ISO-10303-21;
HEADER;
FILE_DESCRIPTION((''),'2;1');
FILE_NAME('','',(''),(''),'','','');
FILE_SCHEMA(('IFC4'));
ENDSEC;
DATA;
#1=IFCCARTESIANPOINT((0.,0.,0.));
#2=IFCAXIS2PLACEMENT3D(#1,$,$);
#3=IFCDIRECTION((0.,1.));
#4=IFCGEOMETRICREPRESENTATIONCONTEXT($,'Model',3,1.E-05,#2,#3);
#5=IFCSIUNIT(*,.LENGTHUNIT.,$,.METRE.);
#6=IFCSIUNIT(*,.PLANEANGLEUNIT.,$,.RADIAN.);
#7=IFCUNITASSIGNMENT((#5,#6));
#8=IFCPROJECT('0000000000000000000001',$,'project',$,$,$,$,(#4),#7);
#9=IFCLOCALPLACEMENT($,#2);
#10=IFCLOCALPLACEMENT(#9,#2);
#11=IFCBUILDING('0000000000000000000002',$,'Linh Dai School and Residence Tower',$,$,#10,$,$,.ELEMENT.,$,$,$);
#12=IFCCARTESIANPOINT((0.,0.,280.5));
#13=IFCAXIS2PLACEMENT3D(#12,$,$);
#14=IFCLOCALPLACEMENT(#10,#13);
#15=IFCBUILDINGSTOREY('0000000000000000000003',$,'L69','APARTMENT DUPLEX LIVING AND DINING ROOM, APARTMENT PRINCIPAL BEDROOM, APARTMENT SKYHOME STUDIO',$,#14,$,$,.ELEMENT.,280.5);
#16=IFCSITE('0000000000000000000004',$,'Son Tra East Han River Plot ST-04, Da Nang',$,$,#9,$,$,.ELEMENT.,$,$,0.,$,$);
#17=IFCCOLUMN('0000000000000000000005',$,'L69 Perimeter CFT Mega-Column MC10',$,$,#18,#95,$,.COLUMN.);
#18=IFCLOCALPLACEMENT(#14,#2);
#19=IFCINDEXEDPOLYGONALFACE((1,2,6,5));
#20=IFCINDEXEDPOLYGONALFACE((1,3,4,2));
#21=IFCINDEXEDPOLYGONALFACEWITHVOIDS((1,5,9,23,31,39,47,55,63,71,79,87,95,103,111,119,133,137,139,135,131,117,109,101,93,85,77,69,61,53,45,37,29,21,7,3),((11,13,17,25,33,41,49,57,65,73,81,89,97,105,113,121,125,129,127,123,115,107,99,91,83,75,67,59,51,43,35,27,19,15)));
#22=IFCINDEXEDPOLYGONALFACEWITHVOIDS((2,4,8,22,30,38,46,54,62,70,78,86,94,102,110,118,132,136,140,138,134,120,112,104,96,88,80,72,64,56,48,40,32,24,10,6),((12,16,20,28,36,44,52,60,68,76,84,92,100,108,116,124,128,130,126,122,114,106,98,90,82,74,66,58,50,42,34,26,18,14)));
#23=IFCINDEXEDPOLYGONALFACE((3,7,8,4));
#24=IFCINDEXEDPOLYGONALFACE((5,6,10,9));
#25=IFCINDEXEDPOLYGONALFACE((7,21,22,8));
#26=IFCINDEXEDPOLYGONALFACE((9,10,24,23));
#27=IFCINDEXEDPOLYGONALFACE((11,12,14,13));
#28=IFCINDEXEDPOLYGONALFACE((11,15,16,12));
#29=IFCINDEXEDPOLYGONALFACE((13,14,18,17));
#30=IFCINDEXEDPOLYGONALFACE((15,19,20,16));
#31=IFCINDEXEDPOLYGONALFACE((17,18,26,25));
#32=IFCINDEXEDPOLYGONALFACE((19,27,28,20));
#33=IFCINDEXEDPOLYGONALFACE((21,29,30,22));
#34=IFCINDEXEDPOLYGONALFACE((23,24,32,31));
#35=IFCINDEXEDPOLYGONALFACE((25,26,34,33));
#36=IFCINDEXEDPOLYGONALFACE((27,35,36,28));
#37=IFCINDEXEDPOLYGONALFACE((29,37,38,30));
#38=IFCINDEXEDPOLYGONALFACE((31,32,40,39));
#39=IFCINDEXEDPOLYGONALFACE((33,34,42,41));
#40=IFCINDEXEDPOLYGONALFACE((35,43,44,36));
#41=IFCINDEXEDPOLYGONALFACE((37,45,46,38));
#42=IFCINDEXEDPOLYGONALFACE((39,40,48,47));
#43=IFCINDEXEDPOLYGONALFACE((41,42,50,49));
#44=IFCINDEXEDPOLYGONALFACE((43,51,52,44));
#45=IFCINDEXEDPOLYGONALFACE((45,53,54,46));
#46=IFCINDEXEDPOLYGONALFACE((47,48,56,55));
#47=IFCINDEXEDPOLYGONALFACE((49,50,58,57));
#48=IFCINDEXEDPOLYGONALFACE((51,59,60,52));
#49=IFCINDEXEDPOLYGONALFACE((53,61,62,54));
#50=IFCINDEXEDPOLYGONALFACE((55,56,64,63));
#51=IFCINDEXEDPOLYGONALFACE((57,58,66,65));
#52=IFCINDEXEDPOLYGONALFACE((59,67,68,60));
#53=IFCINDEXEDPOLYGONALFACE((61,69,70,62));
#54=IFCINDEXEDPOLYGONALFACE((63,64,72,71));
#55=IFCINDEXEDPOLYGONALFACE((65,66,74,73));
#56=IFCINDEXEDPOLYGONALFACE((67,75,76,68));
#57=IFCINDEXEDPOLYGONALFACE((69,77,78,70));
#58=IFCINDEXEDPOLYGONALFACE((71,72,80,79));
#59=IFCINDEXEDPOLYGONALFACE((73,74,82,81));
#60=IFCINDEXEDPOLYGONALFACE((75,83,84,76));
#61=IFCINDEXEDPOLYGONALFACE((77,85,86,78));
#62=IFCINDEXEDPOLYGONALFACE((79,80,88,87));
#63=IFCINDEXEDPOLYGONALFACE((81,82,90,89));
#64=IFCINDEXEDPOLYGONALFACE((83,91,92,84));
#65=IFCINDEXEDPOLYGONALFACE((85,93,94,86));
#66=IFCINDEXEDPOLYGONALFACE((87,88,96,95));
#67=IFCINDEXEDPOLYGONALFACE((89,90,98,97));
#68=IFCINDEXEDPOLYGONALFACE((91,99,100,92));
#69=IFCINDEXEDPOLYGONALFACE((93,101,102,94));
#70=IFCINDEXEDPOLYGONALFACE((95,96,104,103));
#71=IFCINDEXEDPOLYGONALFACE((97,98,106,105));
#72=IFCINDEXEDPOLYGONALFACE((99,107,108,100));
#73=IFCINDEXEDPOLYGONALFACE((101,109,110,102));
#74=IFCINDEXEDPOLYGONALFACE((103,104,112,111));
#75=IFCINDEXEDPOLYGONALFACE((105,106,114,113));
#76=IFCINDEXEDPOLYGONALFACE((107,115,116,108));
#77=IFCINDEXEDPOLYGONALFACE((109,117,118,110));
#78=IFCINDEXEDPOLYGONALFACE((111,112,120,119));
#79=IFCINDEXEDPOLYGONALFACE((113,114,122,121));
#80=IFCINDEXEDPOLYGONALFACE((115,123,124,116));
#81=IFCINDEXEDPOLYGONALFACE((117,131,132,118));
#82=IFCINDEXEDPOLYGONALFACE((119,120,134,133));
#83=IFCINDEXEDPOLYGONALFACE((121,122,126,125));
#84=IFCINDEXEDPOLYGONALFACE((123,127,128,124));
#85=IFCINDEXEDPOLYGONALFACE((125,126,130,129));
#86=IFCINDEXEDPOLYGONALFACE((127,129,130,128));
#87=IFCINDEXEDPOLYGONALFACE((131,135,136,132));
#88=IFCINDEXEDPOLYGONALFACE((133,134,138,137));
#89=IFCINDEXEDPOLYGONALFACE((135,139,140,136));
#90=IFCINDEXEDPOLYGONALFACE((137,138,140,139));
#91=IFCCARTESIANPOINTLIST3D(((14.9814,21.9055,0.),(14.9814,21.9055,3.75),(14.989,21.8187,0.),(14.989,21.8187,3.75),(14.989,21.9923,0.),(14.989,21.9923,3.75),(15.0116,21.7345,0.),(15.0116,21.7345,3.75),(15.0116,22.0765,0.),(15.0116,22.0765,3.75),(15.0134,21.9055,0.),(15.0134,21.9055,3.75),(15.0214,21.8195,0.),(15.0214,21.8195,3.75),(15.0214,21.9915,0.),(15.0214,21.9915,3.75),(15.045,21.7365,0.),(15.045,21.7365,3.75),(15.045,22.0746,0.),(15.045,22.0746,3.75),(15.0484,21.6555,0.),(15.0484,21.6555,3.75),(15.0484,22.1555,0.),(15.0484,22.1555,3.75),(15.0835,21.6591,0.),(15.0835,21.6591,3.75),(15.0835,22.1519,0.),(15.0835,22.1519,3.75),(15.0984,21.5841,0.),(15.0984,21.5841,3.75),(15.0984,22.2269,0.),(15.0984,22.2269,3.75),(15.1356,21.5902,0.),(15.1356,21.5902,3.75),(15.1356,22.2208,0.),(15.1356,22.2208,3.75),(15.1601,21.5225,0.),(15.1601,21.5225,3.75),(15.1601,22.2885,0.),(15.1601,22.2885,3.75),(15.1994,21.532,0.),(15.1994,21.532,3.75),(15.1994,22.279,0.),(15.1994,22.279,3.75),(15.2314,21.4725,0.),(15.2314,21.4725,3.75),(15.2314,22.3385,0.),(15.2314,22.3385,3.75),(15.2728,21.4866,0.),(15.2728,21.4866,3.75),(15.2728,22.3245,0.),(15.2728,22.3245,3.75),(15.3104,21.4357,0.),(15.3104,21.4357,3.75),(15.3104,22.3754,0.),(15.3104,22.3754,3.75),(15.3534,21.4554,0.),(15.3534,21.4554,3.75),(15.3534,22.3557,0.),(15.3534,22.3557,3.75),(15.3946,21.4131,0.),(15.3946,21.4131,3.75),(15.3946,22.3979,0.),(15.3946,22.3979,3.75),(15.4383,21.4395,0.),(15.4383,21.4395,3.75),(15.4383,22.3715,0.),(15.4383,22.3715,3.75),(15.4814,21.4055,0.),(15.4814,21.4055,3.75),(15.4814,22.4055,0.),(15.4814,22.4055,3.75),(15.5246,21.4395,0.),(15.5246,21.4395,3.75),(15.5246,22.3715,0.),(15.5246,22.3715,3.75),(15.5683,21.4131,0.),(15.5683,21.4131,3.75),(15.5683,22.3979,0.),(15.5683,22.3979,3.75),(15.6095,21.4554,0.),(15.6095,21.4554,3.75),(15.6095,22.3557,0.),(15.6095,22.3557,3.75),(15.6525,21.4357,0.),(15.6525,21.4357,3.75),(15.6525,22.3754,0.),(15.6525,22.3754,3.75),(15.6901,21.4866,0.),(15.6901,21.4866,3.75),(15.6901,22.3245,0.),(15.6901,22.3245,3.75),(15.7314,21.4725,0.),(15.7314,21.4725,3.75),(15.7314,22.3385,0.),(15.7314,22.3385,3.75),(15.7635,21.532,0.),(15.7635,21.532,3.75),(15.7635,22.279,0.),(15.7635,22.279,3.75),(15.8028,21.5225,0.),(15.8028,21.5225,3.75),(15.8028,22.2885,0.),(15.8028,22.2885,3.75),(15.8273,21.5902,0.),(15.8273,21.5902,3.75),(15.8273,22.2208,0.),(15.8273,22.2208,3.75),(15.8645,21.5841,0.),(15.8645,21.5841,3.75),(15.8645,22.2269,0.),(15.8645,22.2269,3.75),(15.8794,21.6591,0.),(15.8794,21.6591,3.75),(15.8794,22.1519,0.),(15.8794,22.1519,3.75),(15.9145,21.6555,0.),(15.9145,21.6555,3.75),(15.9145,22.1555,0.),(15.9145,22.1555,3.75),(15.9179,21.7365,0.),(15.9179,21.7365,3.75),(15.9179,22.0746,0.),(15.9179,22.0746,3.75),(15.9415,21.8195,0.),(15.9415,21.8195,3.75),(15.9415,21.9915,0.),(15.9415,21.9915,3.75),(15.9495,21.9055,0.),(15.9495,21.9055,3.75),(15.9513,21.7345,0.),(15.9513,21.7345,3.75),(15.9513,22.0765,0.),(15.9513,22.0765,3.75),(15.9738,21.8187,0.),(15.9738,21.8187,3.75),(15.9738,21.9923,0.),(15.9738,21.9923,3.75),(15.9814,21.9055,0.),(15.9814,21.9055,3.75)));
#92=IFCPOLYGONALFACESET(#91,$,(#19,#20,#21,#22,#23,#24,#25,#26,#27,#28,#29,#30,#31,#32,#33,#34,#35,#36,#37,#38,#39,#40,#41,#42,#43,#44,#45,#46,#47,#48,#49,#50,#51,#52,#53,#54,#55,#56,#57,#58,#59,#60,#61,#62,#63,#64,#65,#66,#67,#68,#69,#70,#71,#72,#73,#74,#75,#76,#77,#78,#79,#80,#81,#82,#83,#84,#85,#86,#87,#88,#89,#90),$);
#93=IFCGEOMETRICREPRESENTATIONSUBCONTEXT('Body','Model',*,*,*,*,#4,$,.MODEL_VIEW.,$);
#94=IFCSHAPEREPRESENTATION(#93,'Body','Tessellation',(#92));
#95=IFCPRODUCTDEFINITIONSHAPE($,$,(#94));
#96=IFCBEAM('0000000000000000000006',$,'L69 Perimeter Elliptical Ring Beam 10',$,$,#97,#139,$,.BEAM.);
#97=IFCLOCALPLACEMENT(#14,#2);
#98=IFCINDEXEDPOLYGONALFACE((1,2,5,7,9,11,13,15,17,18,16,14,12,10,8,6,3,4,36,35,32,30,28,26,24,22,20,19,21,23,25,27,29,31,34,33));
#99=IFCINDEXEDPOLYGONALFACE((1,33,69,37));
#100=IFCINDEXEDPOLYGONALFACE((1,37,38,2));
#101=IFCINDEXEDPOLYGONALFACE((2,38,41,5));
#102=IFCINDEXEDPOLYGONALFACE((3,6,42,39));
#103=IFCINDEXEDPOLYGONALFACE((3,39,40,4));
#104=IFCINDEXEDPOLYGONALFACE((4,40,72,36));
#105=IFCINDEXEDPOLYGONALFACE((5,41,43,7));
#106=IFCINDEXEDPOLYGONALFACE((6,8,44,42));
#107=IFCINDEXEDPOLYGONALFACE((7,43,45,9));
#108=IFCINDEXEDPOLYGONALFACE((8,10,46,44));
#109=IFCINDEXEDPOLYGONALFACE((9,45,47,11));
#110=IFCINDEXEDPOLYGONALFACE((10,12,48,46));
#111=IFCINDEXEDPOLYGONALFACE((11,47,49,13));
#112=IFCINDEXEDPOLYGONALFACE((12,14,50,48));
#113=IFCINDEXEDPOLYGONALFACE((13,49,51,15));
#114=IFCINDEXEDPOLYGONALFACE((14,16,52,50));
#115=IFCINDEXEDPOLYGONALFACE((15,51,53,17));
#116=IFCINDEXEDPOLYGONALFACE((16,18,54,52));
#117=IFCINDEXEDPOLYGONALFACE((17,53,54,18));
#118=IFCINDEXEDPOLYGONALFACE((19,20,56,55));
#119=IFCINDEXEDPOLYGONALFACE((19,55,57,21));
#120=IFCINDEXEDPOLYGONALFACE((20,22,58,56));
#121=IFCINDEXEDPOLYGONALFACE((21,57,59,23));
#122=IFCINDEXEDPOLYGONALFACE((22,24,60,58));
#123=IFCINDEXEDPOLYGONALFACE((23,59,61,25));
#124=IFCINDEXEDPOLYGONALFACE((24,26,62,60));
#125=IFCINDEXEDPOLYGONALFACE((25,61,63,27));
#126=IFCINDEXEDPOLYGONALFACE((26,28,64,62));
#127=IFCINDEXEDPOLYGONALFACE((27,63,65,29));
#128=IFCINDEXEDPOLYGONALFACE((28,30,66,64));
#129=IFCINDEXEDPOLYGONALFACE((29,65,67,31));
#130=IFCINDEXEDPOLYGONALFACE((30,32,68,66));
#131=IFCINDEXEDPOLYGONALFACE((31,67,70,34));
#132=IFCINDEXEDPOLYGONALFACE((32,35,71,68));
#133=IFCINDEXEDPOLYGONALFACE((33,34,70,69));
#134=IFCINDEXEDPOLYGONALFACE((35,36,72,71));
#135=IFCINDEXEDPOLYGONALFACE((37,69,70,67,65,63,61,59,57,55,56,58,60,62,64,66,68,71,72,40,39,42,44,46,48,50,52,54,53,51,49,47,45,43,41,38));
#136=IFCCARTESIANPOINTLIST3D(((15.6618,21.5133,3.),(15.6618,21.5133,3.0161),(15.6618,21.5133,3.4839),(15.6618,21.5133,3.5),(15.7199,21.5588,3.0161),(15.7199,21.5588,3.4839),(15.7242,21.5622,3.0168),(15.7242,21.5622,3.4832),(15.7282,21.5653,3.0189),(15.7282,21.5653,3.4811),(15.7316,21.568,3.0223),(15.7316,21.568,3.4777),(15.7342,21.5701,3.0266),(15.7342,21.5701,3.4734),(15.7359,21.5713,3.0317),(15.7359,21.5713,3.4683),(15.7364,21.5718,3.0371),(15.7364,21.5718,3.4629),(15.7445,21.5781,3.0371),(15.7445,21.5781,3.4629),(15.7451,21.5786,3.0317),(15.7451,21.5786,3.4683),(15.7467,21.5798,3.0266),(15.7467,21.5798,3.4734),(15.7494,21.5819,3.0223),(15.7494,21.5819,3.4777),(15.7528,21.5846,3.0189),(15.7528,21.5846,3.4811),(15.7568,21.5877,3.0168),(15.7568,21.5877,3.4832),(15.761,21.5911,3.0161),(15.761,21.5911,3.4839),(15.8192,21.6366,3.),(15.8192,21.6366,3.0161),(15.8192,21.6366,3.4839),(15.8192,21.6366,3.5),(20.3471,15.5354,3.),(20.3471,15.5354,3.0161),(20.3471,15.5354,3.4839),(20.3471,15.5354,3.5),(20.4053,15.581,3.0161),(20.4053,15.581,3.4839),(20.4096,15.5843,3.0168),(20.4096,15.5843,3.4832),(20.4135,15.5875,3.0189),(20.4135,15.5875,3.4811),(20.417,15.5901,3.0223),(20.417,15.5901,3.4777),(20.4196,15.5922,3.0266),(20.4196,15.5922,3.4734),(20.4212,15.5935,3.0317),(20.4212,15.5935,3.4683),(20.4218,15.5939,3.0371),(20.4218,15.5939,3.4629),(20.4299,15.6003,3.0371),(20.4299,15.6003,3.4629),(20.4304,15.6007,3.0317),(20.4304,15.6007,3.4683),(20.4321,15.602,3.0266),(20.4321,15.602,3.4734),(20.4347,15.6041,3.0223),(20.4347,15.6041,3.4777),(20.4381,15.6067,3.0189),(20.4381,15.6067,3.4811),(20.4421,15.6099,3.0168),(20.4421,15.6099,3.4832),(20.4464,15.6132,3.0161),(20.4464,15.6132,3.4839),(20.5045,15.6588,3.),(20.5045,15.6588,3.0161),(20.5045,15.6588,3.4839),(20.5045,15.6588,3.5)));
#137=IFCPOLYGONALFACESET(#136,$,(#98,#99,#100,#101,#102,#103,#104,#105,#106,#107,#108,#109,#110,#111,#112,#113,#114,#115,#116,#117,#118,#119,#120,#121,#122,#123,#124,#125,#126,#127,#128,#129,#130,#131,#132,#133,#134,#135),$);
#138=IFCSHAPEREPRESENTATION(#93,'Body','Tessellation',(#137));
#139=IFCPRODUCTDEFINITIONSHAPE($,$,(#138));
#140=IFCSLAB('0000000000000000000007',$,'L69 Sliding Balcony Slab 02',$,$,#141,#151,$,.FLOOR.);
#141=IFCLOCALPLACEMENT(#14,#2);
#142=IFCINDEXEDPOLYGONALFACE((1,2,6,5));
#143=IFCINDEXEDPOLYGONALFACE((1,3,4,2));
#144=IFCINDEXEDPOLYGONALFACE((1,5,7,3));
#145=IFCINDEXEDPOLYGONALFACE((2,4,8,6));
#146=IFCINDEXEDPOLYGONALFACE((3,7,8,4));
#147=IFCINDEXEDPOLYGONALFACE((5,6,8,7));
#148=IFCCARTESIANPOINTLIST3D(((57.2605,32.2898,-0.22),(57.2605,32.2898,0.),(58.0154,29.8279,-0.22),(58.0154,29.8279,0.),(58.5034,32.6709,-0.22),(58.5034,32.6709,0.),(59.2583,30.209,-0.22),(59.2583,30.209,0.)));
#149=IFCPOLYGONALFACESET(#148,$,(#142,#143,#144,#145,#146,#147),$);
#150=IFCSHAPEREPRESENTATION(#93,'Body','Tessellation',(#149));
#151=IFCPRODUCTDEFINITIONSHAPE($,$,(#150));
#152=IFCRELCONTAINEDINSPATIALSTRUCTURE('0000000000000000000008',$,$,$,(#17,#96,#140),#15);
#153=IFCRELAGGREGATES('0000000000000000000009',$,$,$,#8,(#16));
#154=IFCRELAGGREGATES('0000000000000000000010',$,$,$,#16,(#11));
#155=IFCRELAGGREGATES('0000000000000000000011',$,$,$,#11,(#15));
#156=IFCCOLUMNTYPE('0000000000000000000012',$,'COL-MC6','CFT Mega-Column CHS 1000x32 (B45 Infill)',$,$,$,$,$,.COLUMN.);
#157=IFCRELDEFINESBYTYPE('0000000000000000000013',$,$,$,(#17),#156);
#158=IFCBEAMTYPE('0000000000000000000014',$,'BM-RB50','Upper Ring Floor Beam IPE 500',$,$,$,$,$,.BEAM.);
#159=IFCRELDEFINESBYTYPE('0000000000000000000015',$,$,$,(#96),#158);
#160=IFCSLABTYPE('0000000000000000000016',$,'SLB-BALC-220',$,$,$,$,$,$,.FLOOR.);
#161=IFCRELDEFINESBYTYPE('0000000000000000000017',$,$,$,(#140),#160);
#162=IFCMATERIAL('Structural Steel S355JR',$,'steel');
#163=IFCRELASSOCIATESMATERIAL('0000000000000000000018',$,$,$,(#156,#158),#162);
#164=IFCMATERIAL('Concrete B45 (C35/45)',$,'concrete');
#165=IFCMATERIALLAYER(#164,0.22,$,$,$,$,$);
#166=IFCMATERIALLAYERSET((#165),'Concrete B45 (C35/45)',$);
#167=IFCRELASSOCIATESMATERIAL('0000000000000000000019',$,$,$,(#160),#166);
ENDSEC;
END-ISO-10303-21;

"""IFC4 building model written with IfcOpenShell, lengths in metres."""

from ifc_helpers import new_model, si_unit, direction, frame, origin, origin_2d, place, context, subcontext, project, spatial, polyline, hollow_circle, i_section, outline, extrude, material, layer, layer_set, material_profile, profile_set, type_object, element, save


model = new_model("IFC4")

# Units and contexts
model_context = context("Model", 3, precision=1e-05, world=origin(), true_north=direction((0.0, 1.0)))
body_context = subcontext(model_context, "Body", "Model", "MODEL_VIEW")
ifc_project = project(units=[si_unit("LENGTHUNIT", "METRE"), si_unit("PLANEANGLEUNIT", "RADIAN")], contexts=[model_context])

# Site, building, storey
site_placement = place(None, origin())
site = spatial("IfcSite", under=ifc_project, at=site_placement, Name="Son Tra East Han River Plot ST-04, Da Nang", CompositionType="ELEMENT", RefElevation=0.0)
building_placement = place(site_placement, origin())
building = spatial("IfcBuilding", under=site, at=building_placement, Name="Linh Dai School and Residence Tower", CompositionType="ELEMENT")
storey_placement = place(building_placement, frame((0.0, 0.0, 280.5)))
storey = spatial("IfcBuildingStorey", under=building, at=storey_placement, Name="L69", Description="APARTMENT DUPLEX LIVING AND DINING ROOM, APARTMENT PRINCIPAL BEDROOM, APARTMENT SKYHOME STUDIO", CompositionType="ELEMENT", Elevation=280.5)

# Column
ifc_material_1 = material(Name="Structural Steel S355JR", Category="steel")
ifc_material_profile_1 = material_profile(ifc_material_1, hollow_circle(Radius=0.5, WallThickness=0.032, at=origin_2d()), Name="CHS 1000x32")
ifc_profile_set_1 = profile_set([ifc_material_profile_1], Name="Structural Steel S355JR")
column_type = type_object("IfcColumnType", Name="COL-MC6", Description="CFT Mega-Column CHS 1000x32 (B45 Infill)", PredefinedType="COLUMN", material=ifc_profile_set_1)
column_placement = place(storey_placement, frame((15.4814, 21.9055, 0.0), z_axis=(0.0, 0.0, 1.0), x_axis=(1.0, 0.0, 0.0)))
element("IfcColumn", 1, at=column_placement, inside=storey, type_object=column_type, Name="L69 Perimeter CFT Mega-Column MC10", PredefinedType="COLUMN", context=body_context, shape_type="SweptSolid", body=[
    extrude(hollow_circle(Radius=0.5, WallThickness=0.032, at=origin_2d()), origin(), (0.0, 0.0, 1.0), 3.75),
])

# Beam
ifc_material_profile_2 = material_profile(ifc_material_1, i_section(OverallWidth=0.2, OverallDepth=0.5, WebThickness=0.0103, FlangeThickness=0.0161, FilletRadius=0.021, at=origin_2d()), Name="IPE 500")
ifc_profile_set_2 = profile_set([ifc_material_profile_2], Name="Structural Steel S355JR")
beam_type = type_object("IfcBeamType", Name="BM-RB50", Description="Upper Ring Floor Beam IPE 500", PredefinedType="BEAM", material=ifc_profile_set_2)
beam_placement = place(storey_placement, frame((15.7405, 21.575, 3.25), z_axis=(0.616883, -0.787055, 0.0), x_axis=(0.787055, 0.616883, 0.0)))
element("IfcBeam", 2, at=beam_placement, inside=storey, type_object=beam_type, Name="L69 Perimeter Elliptical Ring Beam 10", PredefinedType="BEAM", context=body_context, shape_type="SweptSolid", body=[
    extrude(i_section(OverallWidth=0.2, OverallDepth=0.5, WebThickness=0.0103, FlangeThickness=0.0161, FilletRadius=0.021, at=origin_2d()), origin(), (0.0, 0.0, 1.0), 7.5952),
])

# Slab
ifc_material_2 = material(Name="Concrete B45 (C35/45)", Category="concrete")
ifc_layer_1 = layer(ifc_material_2, 0.22)
ifc_layer_set_1 = layer_set([ifc_layer_1], Name="Concrete B45 (C35/45)")
slab_type_1 = type_object("IfcSlabType", Name="SLB-BALC-220", PredefinedType="FLOOR", material=ifc_layer_set_1)
slab_1_placement = place(storey_placement, frame((0.0, 0.0, -0.22)))
element("IfcSlab", 3, at=slab_1_placement, inside=storey, type_object=slab_type_1, Name="L69 Sliding Balcony Slab 02", PredefinedType="FLOOR", context=body_context, shape_type="SweptSolid", body=[
    extrude(outline(polyline([(57.2605, 32.2898), (58.0154, 29.8279), (59.2583, 30.209), (58.5034, 32.6709), (57.2605, 32.2898)])), origin(), (0.0, 0.0, 1.0), 0.22),
])

save(model, "model.ifc")
